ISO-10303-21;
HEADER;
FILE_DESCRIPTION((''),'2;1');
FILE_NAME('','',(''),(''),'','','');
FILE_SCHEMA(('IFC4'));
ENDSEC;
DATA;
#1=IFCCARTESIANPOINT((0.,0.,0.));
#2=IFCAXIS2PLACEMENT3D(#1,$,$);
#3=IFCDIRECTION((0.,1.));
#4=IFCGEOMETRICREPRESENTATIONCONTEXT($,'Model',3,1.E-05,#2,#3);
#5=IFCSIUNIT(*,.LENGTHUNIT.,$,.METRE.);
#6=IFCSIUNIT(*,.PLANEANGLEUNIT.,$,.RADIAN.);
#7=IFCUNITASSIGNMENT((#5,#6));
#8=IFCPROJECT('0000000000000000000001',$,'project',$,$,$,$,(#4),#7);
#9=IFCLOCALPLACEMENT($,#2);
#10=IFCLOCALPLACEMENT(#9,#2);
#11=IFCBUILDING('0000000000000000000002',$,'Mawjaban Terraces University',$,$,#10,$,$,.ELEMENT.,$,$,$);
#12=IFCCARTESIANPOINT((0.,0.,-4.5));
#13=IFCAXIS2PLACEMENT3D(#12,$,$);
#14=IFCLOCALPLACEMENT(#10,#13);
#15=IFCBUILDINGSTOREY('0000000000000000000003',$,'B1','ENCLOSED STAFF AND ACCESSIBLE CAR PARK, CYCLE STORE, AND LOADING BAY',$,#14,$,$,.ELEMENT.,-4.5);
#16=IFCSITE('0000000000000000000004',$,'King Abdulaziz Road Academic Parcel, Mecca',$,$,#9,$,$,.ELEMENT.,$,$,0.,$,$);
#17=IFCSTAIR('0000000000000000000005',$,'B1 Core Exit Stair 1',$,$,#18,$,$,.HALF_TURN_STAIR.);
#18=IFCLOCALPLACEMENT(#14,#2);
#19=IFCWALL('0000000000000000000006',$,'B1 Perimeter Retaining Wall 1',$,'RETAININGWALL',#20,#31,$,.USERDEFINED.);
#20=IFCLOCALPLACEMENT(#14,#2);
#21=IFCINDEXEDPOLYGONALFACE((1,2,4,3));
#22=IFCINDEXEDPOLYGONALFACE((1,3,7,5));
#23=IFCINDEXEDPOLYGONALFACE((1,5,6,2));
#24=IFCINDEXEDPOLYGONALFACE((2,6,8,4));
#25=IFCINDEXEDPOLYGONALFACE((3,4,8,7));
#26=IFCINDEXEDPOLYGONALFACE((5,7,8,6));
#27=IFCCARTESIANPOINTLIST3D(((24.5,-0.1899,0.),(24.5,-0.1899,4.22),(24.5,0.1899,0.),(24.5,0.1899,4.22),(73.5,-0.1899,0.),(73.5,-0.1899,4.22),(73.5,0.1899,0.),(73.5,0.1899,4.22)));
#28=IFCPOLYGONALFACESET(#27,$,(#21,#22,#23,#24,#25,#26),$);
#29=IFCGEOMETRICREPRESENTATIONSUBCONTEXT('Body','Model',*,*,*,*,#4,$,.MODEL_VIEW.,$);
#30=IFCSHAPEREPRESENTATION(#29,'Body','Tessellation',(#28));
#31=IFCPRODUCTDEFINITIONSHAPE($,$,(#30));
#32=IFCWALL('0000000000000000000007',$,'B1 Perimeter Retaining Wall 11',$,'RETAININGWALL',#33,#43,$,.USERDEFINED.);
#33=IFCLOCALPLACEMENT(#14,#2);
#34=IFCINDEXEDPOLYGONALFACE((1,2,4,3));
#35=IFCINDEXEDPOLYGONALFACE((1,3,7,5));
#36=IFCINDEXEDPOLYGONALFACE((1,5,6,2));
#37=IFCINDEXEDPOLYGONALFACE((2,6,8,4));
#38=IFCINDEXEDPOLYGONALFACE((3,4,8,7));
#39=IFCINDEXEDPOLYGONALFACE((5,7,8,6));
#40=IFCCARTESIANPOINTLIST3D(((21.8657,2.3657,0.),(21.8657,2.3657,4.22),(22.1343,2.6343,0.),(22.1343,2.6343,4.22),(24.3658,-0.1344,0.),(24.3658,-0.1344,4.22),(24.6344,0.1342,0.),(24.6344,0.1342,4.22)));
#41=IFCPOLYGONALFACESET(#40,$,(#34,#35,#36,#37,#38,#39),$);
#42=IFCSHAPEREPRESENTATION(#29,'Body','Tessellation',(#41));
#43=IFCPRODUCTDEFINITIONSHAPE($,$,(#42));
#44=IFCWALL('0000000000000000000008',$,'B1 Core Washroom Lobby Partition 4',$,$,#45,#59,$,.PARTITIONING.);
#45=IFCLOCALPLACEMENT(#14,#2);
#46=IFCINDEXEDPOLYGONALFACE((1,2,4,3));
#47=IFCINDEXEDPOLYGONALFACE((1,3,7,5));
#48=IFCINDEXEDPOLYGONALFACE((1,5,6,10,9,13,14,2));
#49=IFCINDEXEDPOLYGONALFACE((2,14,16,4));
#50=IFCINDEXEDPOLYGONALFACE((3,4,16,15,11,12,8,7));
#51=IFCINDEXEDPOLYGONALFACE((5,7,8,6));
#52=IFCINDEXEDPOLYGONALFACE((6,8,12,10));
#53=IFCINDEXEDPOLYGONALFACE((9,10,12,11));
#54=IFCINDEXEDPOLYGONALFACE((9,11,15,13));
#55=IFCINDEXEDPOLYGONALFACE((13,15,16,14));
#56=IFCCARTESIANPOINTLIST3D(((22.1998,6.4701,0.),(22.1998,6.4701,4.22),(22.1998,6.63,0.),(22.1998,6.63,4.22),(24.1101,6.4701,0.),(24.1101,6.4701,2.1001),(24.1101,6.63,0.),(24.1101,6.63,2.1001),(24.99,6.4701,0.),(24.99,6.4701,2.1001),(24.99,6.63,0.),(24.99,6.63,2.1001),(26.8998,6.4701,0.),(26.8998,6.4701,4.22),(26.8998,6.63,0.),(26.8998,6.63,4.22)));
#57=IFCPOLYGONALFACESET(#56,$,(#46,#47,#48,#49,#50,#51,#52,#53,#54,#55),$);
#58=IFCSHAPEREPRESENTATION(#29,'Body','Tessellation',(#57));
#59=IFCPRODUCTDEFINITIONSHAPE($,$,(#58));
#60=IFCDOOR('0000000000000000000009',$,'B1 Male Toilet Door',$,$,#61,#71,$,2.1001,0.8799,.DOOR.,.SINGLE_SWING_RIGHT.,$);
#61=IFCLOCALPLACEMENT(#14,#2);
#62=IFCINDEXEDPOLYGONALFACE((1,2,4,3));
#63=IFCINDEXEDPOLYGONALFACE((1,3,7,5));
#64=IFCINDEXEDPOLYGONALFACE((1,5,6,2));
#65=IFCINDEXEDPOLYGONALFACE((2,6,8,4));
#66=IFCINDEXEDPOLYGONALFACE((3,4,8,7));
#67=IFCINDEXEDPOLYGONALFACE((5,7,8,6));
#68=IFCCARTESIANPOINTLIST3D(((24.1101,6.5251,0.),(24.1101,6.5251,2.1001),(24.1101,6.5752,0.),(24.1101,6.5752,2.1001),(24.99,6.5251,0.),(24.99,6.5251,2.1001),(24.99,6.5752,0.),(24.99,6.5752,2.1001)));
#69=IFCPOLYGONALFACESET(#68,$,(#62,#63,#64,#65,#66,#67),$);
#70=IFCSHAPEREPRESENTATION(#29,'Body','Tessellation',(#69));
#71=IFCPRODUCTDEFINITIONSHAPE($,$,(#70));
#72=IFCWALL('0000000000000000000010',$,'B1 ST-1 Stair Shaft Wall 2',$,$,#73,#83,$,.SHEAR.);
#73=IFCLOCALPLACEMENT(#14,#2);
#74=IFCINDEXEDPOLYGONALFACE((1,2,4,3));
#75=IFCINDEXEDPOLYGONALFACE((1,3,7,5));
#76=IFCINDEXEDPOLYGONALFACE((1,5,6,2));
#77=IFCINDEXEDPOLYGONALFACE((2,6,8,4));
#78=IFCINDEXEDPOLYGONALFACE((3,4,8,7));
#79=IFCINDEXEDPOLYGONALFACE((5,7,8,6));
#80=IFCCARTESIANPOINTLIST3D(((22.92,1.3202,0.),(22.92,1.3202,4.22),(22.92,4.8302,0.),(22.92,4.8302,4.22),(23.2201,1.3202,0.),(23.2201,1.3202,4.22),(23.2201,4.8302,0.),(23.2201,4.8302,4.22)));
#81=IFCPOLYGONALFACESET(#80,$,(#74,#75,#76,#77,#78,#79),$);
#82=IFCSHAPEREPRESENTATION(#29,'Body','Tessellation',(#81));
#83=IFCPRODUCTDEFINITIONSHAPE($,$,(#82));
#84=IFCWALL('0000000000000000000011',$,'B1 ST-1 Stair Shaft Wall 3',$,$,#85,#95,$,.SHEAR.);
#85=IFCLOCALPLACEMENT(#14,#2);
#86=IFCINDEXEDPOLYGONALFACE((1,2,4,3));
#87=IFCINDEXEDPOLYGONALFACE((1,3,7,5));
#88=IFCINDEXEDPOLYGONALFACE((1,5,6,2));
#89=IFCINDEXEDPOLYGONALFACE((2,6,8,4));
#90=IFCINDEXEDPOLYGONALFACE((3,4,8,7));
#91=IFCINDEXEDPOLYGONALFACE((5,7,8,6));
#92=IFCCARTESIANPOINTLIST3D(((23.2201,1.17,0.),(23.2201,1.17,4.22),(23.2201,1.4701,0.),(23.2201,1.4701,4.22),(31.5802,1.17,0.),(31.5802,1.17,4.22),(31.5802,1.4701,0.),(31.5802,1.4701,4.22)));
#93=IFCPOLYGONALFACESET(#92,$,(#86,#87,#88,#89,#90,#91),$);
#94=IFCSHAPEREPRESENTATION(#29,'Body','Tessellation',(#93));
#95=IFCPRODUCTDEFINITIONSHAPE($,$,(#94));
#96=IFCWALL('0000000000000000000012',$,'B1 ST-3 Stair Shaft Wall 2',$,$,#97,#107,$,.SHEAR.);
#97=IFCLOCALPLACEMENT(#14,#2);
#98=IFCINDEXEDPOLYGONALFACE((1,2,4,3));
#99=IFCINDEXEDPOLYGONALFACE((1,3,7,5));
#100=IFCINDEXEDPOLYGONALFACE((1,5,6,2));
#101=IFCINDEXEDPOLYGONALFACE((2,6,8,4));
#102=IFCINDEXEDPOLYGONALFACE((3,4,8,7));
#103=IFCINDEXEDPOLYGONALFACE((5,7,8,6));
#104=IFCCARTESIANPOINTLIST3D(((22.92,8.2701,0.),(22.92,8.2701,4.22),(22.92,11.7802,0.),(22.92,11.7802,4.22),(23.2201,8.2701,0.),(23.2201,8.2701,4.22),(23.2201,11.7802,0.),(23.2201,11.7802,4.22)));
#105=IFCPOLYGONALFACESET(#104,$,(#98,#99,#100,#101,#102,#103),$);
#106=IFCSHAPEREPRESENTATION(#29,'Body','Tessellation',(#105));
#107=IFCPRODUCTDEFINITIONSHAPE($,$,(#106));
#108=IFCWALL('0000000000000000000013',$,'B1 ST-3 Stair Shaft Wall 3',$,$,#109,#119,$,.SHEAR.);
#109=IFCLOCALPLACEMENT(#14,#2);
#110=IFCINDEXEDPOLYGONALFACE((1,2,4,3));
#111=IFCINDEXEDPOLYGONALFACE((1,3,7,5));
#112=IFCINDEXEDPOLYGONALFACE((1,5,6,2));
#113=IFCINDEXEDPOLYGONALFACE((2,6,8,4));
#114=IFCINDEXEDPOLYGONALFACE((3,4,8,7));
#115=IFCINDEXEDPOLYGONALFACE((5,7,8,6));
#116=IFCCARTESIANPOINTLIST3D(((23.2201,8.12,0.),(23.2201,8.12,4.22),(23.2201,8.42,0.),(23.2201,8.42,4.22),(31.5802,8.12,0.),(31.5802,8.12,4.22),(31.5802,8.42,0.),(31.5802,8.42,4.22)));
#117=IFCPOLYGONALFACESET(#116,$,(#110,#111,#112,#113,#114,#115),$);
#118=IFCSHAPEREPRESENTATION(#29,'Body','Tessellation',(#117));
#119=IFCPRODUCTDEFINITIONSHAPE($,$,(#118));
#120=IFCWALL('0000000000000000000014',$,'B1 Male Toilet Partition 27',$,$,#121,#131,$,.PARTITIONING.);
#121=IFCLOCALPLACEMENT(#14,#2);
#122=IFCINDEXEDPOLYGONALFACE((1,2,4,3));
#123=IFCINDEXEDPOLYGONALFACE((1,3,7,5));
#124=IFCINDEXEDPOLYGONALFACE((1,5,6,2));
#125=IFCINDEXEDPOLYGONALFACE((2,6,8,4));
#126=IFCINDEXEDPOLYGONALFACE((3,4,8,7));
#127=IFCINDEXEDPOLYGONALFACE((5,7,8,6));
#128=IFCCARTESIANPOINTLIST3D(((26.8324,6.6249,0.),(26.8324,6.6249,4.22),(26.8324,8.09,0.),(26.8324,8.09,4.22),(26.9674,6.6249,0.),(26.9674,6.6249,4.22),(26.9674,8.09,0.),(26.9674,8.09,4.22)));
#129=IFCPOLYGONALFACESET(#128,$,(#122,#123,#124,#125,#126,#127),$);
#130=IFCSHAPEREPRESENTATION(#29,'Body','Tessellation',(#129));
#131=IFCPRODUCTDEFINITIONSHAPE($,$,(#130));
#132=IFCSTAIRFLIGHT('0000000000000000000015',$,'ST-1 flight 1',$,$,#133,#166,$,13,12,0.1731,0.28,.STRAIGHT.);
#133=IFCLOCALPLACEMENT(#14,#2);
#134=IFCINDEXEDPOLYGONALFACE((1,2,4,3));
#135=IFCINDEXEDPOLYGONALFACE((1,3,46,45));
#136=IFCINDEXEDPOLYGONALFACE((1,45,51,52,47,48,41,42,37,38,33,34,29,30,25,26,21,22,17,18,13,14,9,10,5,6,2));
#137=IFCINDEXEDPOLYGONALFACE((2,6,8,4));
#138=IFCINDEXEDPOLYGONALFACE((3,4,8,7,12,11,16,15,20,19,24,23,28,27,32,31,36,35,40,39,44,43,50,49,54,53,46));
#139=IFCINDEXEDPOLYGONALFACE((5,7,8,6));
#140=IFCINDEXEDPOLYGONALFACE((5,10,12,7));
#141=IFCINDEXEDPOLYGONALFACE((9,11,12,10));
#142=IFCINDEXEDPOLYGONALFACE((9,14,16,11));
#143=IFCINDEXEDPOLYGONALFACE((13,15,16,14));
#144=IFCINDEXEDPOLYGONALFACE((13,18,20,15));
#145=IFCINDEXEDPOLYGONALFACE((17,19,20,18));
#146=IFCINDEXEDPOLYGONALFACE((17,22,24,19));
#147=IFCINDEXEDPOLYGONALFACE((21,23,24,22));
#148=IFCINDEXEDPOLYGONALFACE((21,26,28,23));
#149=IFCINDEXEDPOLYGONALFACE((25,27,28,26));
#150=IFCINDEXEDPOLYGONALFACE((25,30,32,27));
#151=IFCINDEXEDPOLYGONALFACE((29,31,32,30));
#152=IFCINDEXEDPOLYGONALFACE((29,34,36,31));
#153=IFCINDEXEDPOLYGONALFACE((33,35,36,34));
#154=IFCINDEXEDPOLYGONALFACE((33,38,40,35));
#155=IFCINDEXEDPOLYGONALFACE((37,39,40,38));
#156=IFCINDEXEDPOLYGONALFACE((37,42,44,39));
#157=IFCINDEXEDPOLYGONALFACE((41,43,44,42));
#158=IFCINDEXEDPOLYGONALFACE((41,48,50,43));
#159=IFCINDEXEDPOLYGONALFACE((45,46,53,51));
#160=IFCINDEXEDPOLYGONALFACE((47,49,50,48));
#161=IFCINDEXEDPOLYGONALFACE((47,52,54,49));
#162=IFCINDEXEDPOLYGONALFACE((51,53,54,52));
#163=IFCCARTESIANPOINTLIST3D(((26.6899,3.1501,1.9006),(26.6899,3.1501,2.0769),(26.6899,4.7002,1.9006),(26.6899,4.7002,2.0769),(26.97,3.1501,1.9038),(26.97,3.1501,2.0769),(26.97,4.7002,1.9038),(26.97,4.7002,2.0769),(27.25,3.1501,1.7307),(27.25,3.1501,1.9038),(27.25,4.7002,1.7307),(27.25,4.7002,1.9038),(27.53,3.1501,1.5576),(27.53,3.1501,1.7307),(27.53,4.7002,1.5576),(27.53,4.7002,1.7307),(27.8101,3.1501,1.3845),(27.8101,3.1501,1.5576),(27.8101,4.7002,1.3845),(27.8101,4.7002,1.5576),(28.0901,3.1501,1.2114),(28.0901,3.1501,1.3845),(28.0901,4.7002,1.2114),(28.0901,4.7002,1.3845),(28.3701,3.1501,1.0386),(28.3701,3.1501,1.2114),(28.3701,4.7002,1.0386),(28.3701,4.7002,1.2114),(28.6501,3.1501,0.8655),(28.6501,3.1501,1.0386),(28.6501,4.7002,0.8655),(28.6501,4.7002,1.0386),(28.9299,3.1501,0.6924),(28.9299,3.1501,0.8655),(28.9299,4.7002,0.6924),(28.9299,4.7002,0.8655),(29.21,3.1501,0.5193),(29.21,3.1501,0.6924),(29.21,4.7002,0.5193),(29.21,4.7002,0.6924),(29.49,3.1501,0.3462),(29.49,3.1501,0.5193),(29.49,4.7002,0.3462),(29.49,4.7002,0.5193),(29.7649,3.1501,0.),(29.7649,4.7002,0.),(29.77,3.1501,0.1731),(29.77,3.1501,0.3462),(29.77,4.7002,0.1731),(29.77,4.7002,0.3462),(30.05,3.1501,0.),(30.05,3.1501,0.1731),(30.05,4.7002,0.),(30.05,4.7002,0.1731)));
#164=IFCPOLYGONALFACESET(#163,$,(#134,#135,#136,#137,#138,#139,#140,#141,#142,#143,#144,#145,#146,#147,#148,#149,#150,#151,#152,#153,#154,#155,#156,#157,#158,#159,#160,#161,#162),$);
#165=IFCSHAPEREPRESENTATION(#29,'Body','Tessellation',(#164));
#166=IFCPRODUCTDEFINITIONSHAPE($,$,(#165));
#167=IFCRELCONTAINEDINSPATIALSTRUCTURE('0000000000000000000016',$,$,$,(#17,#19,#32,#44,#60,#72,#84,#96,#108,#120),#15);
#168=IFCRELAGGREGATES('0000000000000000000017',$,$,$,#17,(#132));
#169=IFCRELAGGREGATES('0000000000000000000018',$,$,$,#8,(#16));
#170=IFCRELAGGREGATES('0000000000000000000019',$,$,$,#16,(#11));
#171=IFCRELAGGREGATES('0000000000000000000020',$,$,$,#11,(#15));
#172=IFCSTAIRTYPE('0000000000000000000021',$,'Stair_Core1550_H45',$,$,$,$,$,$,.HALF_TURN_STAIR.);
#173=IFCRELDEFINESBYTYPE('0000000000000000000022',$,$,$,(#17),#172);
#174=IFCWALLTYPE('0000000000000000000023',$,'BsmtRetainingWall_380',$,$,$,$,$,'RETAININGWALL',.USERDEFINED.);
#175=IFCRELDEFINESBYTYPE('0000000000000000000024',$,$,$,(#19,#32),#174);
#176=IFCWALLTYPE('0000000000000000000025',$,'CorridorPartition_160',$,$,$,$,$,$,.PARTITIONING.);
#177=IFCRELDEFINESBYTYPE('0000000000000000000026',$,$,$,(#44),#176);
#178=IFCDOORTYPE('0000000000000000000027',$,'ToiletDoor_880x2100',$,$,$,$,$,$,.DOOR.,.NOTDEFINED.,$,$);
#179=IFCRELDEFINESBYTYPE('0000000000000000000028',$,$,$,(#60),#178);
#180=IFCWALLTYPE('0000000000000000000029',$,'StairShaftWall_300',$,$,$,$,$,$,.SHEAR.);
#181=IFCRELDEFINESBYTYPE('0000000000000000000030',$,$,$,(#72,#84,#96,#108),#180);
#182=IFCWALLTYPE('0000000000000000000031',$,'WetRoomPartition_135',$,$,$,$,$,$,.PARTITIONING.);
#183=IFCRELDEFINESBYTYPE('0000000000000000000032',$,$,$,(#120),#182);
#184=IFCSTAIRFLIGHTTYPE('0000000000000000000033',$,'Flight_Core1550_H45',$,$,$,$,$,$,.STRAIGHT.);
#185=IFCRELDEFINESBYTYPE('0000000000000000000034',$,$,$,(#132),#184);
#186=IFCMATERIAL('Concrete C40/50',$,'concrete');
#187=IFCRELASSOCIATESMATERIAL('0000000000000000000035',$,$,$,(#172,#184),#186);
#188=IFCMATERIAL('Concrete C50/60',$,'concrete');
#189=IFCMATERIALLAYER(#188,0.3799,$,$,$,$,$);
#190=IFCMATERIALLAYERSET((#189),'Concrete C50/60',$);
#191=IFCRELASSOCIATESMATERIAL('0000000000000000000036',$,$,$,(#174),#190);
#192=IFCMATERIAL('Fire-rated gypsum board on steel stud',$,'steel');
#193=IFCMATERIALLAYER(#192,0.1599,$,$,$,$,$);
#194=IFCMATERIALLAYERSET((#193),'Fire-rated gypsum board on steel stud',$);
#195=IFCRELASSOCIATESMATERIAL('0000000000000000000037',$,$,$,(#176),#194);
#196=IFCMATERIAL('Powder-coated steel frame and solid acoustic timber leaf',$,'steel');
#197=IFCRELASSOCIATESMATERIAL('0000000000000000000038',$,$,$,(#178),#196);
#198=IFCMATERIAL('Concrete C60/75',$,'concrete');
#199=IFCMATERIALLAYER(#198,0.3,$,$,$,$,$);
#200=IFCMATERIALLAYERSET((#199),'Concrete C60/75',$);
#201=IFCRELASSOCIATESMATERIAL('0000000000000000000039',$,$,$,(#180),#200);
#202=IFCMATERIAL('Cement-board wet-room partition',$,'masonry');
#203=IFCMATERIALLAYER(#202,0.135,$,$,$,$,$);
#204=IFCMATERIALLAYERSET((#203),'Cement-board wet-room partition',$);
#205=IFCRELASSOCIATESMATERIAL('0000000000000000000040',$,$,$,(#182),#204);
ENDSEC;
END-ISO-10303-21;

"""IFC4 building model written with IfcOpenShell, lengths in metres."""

from ifc_helpers import new_model, si_unit, direction, frame, frame_2d, origin, place, context, subcontext, project, spatial, polyline, rectangle, outline, extrude, material, layer, layer_set, type_object, element, fill, aggregate, save


model = new_model("IFC4")

# Units and contexts
model_context = context("Model", 3, precision=1e-05, world=origin(), true_north=direction((0.0, 1.0)))
body_context = subcontext(model_context, "Body", "Model", "MODEL_VIEW")
ifc_project = project(units=[si_unit("LENGTHUNIT", "METRE"), si_unit("PLANEANGLEUNIT", "RADIAN")], contexts=[model_context])

# Site, building, storey
site_placement = place(None, origin())
site = spatial("IfcSite", under=ifc_project, at=site_placement, Name="King Abdulaziz Road Academic Parcel, Mecca", CompositionType="ELEMENT", RefElevation=0.0)
building_placement = place(site_placement, origin())
building = spatial("IfcBuilding", under=site, at=building_placement, Name="Mawjaban Terraces University", CompositionType="ELEMENT")
storey_placement = place(building_placement, frame((0.0, 0.0, -4.5)))
storey = spatial("IfcBuildingStorey", under=building, at=storey_placement, Name="B1", Description="ENCLOSED STAFF AND ACCESSIBLE CAR PARK, CYCLE STORE, AND LOADING BAY", CompositionType="ELEMENT", Elevation=-4.5)

# Shared definitions
ifc_material_1 = material(Name="Concrete C40/50", Category="concrete")

# Stair
stair_type_1 = type_object("IfcStairType", Name="Stair_Core1550_H45", PredefinedType="HALF_TURN_STAIR", material=ifc_material_1)
stair_1_placement = place(storey_placement, origin())
stair_1 = element("IfcStair", 1, at=stair_1_placement, inside=storey, type_object=stair_type_1, Name="B1 Core Exit Stair 1", PredefinedType="HALF_TURN_STAIR")

# Walls
ifc_material_2 = material(Name="Concrete C50/60", Category="concrete")
ifc_layer_1 = layer(ifc_material_2, 0.3799)
ifc_layer_set_1 = layer_set([ifc_layer_1], Name="Concrete C50/60")
wall_type_1 = type_object("IfcWallType", Name="BsmtRetainingWall_380", ElementType="RETAININGWALL", PredefinedType="USERDEFINED", material=ifc_layer_set_1)
wall_1_placement = place(storey_placement, frame((24.5, 0.0, 0.0), z_axis=(0.0, 0.0, 1.0), x_axis=(1.0, 0.0, 0.0)))
element("IfcWall", 2, at=wall_1_placement, inside=storey, type_object=wall_type_1, Name="B1 Perimeter Retaining Wall 1", ObjectType="RETAININGWALL", PredefinedType="USERDEFINED", context=body_context, shape_type="SweptSolid", body=[
    extrude(rectangle(XDim=49.0, YDim=0.3799, at=frame_2d((24.5, 0.0))), origin(), (0.0, 0.0, 1.0), 4.22),
])
wall_2_placement = place(storey_placement, frame((22.0, 2.5, 0.0), z_axis=(0.0, 0.0, 1.0), x_axis=(0.707107, -0.707107, 0.0)))
element("IfcWall", 3, at=wall_2_placement, inside=storey, type_object=wall_type_1, Name="B1 Perimeter Retaining Wall 11", ObjectType="RETAININGWALL", PredefinedType="USERDEFINED", context=body_context, shape_type="SweptSolid", body=[
    extrude(rectangle(XDim=3.5356, YDim=0.3799, at=frame_2d((1.7678, 0.0))), origin(), (0.0, 0.0, 1.0), 4.22),
])

# Wall, opening, door
ifc_material_3 = material(Name="Fire-rated gypsum board on steel stud", Category="steel")
ifc_layer_2 = layer(ifc_material_3, 0.1599)
ifc_layer_set_2 = layer_set([ifc_layer_2], Name="Fire-rated gypsum board on steel stud")
wall_type_2 = type_object("IfcWallType", Name="CorridorPartition_160", PredefinedType="PARTITIONING", material=ifc_layer_set_2)
wall_3_placement = place(storey_placement, frame((26.8999, 6.55, 0.0), z_axis=(0.0, 0.0, 1.0), x_axis=(-1.0, 0.0, 0.0)))
wall_3 = element("IfcWall", 4, at=wall_3_placement, inside=storey, type_object=wall_type_2, Name="B1 Core Washroom Lobby Partition 4", PredefinedType="PARTITIONING", context=body_context, shape_type="SweptSolid", body=[
    extrude(rectangle(XDim=4.7, YDim=0.1599, at=frame_2d((2.3501, 0.0))), origin(), (0.0, 0.0, 1.0), 4.22),
])
opening_placement = place(wall_3_placement, frame((1.9099, 0.0, 0.0)))
opening = element("IfcOpeningElement", 5, at=opening_placement, cuts=wall_3, PredefinedType="OPENING", context=body_context, shape_type="SweptSolid", body=[
    extrude(rectangle(XDim=0.8799, YDim=2.1001, at=frame_2d((0.4399, 1.05))), frame((0.0, 0.0898, 0.0), z_axis=(0.0, -1.0, 0.0), x_axis=(1.0, 0.0, 0.0)), (0.0, 0.0, 1.0), 0.1799),
])
ifc_material_4 = material(Name="Powder-coated steel frame and solid acoustic timber leaf", Category="steel")
door_type = type_object("IfcDoorType", Name="ToiletDoor_880x2100", OperationType="NOTDEFINED", PredefinedType="DOOR", material=ifc_material_4)
door_placement = place(opening_placement, origin())
door = element("IfcDoor", 6, at=door_placement, inside=storey, type_object=door_type, Name="B1 Male Toilet Door", OperationType="SINGLE_SWING_RIGHT", OverallHeight=2.1001, OverallWidth=0.8799, PredefinedType="DOOR", context=body_context, shape_type="SweptSolid", body=[
    extrude(rectangle(XDim=0.8799, YDim=2.1001, at=frame_2d((0.4399, 1.05))), frame((0.0, 0.0249, 0.0), z_axis=(0.0, -1.0, 0.0), x_axis=(1.0, 0.0, 0.0)), (0.0, 0.0, 1.0), 0.05),
])
fill(opening, door)

# Walls
ifc_material_5 = material(Name="Concrete C60/75", Category="concrete")
ifc_layer_3 = layer(ifc_material_5, 0.3)
ifc_layer_set_3 = layer_set([ifc_layer_3], Name="Concrete C60/75")
wall_type_3 = type_object("IfcWallType", Name="StairShaftWall_300", PredefinedType="SHEAR", material=ifc_layer_set_3)
wall_4_placement = place(storey_placement, frame((23.0701, 4.8301, 0.0), z_axis=(0.0, 0.0, 1.0), x_axis=(0.0, -1.0, 0.0)))
element("IfcWall", 7, at=wall_4_placement, inside=storey, type_object=wall_type_3, Name="B1 ST-1 Stair Shaft Wall 2", PredefinedType="SHEAR", context=body_context, shape_type="SweptSolid", body=[
    extrude(rectangle(XDim=3.51, YDim=0.3, at=frame_2d((1.7549, 0.0))), origin(), (0.0, 0.0, 1.0), 4.22),
])
wall_5_placement = place(storey_placement, frame((23.22, 1.3201, 0.0), z_axis=(0.0, 0.0, 1.0), x_axis=(1.0, 0.0, 0.0)))
element("IfcWall", 8, at=wall_5_placement, inside=storey, type_object=wall_type_3, Name="B1 ST-1 Stair Shaft Wall 3", PredefinedType="SHEAR", context=body_context, shape_type="SweptSolid", body=[
    extrude(rectangle(XDim=8.3601, YDim=0.3, at=frame_2d((4.1802, 0.0))), origin(), (0.0, 0.0, 1.0), 4.22),
])
wall_6_placement = place(storey_placement, frame((23.0701, 11.78, 0.0), z_axis=(0.0, 0.0, 1.0), x_axis=(0.0, -1.0, 0.0)))
element("IfcWall", 9, at=wall_6_placement, inside=storey, type_object=wall_type_3, Name="B1 ST-3 Stair Shaft Wall 2", PredefinedType="SHEAR", context=body_context, shape_type="SweptSolid", body=[
    extrude(rectangle(XDim=3.51, YDim=0.3, at=frame_2d((1.7549, 0.0))), origin(), (0.0, 0.0, 1.0), 4.22),
])
wall_7_placement = place(storey_placement, frame((23.22, 8.27, 0.0), z_axis=(0.0, 0.0, 1.0), x_axis=(1.0, 0.0, 0.0)))
element("IfcWall", 10, at=wall_7_placement, inside=storey, type_object=wall_type_3, Name="B1 ST-3 Stair Shaft Wall 3", PredefinedType="SHEAR", context=body_context, shape_type="SweptSolid", body=[
    extrude(rectangle(XDim=8.3601, YDim=0.3, at=frame_2d((4.1802, 0.0))), origin(), (0.0, 0.0, 1.0), 4.22),
])
ifc_material_6 = material(Name="Cement-board wet-room partition", Category="masonry")
ifc_layer_4 = layer(ifc_material_6, 0.135)
ifc_layer_set_4 = layer_set([ifc_layer_4], Name="Cement-board wet-room partition")
wall_type_4 = type_object("IfcWallType", Name="WetRoomPartition_135", PredefinedType="PARTITIONING", material=ifc_layer_set_4)
wall_8_placement = place(storey_placement, frame((26.8999, 6.625, 0.0), z_axis=(0.0, 0.0, 1.0), x_axis=(0.0, 1.0, 0.0)))
element("IfcWall", 11, at=wall_8_placement, inside=storey, type_object=wall_type_4, Name="B1 Male Toilet Partition 27", PredefinedType="PARTITIONING", context=body_context, shape_type="SweptSolid", body=[
    extrude(rectangle(XDim=1.4651, YDim=0.135, at=frame_2d((0.7324, 0.0))), origin(), (0.0, 0.0, 1.0), 4.22),
])

# Stair flight
stair_flight_type = type_object("IfcStairFlightType", Name="Flight_Core1550_H45", PredefinedType="STRAIGHT", material=ifc_material_1)
stair_flight_1_placement = place(storey_placement, frame((30.05, 3.925, 0.0), z_axis=(0.0, 0.0, 1.0), x_axis=(-1.0, 0.0, 0.0)))
stair_flight_1 = element("IfcStairFlight", 12, at=stair_flight_1_placement, type_object=stair_flight_type, Name="ST-1 flight 1", NumberOfRisers=13, NumberOfTreads=12, PredefinedType="STRAIGHT", RiserHeight=0.1731, TreadLength=0.28, context=body_context, shape_type="SweptSolid", body=[
    extrude(outline(polyline([(0.0, 0.0), (0.0, 0.1731), (0.28, 0.1731), (0.28, 0.3462), (0.5601, 0.3462), (0.5601, 0.5193), (0.8401, 0.5193), (0.8401, 0.6924), (1.1201, 0.6924), (1.1201, 0.8655), (1.3999, 0.8655), (1.3999, 1.0386), (1.6799, 1.0386), (1.6799, 1.2114), (1.96, 1.2114), (1.96, 1.3845), (2.24, 1.3845), (2.24, 1.5576), (2.52, 1.5576), (2.52, 1.7307), (2.8, 1.7307), (2.8, 1.9038), (3.0801, 1.9038), (3.0801, 2.0769), (3.3601, 2.0769), (3.3601, 2.25), (3.3601, 1.9006), (0.2852, 0.0), (0.0, 0.0)])), frame((0.0, 0.7749, 0.0), z_axis=(0.0, -1.0, 0.0), x_axis=(1.0, 0.0, 0.0)), (0.0, 0.0, 1.0), 1.55),
])
aggregate(stair_1, [stair_flight_1])

save(model, "model.ifc")
